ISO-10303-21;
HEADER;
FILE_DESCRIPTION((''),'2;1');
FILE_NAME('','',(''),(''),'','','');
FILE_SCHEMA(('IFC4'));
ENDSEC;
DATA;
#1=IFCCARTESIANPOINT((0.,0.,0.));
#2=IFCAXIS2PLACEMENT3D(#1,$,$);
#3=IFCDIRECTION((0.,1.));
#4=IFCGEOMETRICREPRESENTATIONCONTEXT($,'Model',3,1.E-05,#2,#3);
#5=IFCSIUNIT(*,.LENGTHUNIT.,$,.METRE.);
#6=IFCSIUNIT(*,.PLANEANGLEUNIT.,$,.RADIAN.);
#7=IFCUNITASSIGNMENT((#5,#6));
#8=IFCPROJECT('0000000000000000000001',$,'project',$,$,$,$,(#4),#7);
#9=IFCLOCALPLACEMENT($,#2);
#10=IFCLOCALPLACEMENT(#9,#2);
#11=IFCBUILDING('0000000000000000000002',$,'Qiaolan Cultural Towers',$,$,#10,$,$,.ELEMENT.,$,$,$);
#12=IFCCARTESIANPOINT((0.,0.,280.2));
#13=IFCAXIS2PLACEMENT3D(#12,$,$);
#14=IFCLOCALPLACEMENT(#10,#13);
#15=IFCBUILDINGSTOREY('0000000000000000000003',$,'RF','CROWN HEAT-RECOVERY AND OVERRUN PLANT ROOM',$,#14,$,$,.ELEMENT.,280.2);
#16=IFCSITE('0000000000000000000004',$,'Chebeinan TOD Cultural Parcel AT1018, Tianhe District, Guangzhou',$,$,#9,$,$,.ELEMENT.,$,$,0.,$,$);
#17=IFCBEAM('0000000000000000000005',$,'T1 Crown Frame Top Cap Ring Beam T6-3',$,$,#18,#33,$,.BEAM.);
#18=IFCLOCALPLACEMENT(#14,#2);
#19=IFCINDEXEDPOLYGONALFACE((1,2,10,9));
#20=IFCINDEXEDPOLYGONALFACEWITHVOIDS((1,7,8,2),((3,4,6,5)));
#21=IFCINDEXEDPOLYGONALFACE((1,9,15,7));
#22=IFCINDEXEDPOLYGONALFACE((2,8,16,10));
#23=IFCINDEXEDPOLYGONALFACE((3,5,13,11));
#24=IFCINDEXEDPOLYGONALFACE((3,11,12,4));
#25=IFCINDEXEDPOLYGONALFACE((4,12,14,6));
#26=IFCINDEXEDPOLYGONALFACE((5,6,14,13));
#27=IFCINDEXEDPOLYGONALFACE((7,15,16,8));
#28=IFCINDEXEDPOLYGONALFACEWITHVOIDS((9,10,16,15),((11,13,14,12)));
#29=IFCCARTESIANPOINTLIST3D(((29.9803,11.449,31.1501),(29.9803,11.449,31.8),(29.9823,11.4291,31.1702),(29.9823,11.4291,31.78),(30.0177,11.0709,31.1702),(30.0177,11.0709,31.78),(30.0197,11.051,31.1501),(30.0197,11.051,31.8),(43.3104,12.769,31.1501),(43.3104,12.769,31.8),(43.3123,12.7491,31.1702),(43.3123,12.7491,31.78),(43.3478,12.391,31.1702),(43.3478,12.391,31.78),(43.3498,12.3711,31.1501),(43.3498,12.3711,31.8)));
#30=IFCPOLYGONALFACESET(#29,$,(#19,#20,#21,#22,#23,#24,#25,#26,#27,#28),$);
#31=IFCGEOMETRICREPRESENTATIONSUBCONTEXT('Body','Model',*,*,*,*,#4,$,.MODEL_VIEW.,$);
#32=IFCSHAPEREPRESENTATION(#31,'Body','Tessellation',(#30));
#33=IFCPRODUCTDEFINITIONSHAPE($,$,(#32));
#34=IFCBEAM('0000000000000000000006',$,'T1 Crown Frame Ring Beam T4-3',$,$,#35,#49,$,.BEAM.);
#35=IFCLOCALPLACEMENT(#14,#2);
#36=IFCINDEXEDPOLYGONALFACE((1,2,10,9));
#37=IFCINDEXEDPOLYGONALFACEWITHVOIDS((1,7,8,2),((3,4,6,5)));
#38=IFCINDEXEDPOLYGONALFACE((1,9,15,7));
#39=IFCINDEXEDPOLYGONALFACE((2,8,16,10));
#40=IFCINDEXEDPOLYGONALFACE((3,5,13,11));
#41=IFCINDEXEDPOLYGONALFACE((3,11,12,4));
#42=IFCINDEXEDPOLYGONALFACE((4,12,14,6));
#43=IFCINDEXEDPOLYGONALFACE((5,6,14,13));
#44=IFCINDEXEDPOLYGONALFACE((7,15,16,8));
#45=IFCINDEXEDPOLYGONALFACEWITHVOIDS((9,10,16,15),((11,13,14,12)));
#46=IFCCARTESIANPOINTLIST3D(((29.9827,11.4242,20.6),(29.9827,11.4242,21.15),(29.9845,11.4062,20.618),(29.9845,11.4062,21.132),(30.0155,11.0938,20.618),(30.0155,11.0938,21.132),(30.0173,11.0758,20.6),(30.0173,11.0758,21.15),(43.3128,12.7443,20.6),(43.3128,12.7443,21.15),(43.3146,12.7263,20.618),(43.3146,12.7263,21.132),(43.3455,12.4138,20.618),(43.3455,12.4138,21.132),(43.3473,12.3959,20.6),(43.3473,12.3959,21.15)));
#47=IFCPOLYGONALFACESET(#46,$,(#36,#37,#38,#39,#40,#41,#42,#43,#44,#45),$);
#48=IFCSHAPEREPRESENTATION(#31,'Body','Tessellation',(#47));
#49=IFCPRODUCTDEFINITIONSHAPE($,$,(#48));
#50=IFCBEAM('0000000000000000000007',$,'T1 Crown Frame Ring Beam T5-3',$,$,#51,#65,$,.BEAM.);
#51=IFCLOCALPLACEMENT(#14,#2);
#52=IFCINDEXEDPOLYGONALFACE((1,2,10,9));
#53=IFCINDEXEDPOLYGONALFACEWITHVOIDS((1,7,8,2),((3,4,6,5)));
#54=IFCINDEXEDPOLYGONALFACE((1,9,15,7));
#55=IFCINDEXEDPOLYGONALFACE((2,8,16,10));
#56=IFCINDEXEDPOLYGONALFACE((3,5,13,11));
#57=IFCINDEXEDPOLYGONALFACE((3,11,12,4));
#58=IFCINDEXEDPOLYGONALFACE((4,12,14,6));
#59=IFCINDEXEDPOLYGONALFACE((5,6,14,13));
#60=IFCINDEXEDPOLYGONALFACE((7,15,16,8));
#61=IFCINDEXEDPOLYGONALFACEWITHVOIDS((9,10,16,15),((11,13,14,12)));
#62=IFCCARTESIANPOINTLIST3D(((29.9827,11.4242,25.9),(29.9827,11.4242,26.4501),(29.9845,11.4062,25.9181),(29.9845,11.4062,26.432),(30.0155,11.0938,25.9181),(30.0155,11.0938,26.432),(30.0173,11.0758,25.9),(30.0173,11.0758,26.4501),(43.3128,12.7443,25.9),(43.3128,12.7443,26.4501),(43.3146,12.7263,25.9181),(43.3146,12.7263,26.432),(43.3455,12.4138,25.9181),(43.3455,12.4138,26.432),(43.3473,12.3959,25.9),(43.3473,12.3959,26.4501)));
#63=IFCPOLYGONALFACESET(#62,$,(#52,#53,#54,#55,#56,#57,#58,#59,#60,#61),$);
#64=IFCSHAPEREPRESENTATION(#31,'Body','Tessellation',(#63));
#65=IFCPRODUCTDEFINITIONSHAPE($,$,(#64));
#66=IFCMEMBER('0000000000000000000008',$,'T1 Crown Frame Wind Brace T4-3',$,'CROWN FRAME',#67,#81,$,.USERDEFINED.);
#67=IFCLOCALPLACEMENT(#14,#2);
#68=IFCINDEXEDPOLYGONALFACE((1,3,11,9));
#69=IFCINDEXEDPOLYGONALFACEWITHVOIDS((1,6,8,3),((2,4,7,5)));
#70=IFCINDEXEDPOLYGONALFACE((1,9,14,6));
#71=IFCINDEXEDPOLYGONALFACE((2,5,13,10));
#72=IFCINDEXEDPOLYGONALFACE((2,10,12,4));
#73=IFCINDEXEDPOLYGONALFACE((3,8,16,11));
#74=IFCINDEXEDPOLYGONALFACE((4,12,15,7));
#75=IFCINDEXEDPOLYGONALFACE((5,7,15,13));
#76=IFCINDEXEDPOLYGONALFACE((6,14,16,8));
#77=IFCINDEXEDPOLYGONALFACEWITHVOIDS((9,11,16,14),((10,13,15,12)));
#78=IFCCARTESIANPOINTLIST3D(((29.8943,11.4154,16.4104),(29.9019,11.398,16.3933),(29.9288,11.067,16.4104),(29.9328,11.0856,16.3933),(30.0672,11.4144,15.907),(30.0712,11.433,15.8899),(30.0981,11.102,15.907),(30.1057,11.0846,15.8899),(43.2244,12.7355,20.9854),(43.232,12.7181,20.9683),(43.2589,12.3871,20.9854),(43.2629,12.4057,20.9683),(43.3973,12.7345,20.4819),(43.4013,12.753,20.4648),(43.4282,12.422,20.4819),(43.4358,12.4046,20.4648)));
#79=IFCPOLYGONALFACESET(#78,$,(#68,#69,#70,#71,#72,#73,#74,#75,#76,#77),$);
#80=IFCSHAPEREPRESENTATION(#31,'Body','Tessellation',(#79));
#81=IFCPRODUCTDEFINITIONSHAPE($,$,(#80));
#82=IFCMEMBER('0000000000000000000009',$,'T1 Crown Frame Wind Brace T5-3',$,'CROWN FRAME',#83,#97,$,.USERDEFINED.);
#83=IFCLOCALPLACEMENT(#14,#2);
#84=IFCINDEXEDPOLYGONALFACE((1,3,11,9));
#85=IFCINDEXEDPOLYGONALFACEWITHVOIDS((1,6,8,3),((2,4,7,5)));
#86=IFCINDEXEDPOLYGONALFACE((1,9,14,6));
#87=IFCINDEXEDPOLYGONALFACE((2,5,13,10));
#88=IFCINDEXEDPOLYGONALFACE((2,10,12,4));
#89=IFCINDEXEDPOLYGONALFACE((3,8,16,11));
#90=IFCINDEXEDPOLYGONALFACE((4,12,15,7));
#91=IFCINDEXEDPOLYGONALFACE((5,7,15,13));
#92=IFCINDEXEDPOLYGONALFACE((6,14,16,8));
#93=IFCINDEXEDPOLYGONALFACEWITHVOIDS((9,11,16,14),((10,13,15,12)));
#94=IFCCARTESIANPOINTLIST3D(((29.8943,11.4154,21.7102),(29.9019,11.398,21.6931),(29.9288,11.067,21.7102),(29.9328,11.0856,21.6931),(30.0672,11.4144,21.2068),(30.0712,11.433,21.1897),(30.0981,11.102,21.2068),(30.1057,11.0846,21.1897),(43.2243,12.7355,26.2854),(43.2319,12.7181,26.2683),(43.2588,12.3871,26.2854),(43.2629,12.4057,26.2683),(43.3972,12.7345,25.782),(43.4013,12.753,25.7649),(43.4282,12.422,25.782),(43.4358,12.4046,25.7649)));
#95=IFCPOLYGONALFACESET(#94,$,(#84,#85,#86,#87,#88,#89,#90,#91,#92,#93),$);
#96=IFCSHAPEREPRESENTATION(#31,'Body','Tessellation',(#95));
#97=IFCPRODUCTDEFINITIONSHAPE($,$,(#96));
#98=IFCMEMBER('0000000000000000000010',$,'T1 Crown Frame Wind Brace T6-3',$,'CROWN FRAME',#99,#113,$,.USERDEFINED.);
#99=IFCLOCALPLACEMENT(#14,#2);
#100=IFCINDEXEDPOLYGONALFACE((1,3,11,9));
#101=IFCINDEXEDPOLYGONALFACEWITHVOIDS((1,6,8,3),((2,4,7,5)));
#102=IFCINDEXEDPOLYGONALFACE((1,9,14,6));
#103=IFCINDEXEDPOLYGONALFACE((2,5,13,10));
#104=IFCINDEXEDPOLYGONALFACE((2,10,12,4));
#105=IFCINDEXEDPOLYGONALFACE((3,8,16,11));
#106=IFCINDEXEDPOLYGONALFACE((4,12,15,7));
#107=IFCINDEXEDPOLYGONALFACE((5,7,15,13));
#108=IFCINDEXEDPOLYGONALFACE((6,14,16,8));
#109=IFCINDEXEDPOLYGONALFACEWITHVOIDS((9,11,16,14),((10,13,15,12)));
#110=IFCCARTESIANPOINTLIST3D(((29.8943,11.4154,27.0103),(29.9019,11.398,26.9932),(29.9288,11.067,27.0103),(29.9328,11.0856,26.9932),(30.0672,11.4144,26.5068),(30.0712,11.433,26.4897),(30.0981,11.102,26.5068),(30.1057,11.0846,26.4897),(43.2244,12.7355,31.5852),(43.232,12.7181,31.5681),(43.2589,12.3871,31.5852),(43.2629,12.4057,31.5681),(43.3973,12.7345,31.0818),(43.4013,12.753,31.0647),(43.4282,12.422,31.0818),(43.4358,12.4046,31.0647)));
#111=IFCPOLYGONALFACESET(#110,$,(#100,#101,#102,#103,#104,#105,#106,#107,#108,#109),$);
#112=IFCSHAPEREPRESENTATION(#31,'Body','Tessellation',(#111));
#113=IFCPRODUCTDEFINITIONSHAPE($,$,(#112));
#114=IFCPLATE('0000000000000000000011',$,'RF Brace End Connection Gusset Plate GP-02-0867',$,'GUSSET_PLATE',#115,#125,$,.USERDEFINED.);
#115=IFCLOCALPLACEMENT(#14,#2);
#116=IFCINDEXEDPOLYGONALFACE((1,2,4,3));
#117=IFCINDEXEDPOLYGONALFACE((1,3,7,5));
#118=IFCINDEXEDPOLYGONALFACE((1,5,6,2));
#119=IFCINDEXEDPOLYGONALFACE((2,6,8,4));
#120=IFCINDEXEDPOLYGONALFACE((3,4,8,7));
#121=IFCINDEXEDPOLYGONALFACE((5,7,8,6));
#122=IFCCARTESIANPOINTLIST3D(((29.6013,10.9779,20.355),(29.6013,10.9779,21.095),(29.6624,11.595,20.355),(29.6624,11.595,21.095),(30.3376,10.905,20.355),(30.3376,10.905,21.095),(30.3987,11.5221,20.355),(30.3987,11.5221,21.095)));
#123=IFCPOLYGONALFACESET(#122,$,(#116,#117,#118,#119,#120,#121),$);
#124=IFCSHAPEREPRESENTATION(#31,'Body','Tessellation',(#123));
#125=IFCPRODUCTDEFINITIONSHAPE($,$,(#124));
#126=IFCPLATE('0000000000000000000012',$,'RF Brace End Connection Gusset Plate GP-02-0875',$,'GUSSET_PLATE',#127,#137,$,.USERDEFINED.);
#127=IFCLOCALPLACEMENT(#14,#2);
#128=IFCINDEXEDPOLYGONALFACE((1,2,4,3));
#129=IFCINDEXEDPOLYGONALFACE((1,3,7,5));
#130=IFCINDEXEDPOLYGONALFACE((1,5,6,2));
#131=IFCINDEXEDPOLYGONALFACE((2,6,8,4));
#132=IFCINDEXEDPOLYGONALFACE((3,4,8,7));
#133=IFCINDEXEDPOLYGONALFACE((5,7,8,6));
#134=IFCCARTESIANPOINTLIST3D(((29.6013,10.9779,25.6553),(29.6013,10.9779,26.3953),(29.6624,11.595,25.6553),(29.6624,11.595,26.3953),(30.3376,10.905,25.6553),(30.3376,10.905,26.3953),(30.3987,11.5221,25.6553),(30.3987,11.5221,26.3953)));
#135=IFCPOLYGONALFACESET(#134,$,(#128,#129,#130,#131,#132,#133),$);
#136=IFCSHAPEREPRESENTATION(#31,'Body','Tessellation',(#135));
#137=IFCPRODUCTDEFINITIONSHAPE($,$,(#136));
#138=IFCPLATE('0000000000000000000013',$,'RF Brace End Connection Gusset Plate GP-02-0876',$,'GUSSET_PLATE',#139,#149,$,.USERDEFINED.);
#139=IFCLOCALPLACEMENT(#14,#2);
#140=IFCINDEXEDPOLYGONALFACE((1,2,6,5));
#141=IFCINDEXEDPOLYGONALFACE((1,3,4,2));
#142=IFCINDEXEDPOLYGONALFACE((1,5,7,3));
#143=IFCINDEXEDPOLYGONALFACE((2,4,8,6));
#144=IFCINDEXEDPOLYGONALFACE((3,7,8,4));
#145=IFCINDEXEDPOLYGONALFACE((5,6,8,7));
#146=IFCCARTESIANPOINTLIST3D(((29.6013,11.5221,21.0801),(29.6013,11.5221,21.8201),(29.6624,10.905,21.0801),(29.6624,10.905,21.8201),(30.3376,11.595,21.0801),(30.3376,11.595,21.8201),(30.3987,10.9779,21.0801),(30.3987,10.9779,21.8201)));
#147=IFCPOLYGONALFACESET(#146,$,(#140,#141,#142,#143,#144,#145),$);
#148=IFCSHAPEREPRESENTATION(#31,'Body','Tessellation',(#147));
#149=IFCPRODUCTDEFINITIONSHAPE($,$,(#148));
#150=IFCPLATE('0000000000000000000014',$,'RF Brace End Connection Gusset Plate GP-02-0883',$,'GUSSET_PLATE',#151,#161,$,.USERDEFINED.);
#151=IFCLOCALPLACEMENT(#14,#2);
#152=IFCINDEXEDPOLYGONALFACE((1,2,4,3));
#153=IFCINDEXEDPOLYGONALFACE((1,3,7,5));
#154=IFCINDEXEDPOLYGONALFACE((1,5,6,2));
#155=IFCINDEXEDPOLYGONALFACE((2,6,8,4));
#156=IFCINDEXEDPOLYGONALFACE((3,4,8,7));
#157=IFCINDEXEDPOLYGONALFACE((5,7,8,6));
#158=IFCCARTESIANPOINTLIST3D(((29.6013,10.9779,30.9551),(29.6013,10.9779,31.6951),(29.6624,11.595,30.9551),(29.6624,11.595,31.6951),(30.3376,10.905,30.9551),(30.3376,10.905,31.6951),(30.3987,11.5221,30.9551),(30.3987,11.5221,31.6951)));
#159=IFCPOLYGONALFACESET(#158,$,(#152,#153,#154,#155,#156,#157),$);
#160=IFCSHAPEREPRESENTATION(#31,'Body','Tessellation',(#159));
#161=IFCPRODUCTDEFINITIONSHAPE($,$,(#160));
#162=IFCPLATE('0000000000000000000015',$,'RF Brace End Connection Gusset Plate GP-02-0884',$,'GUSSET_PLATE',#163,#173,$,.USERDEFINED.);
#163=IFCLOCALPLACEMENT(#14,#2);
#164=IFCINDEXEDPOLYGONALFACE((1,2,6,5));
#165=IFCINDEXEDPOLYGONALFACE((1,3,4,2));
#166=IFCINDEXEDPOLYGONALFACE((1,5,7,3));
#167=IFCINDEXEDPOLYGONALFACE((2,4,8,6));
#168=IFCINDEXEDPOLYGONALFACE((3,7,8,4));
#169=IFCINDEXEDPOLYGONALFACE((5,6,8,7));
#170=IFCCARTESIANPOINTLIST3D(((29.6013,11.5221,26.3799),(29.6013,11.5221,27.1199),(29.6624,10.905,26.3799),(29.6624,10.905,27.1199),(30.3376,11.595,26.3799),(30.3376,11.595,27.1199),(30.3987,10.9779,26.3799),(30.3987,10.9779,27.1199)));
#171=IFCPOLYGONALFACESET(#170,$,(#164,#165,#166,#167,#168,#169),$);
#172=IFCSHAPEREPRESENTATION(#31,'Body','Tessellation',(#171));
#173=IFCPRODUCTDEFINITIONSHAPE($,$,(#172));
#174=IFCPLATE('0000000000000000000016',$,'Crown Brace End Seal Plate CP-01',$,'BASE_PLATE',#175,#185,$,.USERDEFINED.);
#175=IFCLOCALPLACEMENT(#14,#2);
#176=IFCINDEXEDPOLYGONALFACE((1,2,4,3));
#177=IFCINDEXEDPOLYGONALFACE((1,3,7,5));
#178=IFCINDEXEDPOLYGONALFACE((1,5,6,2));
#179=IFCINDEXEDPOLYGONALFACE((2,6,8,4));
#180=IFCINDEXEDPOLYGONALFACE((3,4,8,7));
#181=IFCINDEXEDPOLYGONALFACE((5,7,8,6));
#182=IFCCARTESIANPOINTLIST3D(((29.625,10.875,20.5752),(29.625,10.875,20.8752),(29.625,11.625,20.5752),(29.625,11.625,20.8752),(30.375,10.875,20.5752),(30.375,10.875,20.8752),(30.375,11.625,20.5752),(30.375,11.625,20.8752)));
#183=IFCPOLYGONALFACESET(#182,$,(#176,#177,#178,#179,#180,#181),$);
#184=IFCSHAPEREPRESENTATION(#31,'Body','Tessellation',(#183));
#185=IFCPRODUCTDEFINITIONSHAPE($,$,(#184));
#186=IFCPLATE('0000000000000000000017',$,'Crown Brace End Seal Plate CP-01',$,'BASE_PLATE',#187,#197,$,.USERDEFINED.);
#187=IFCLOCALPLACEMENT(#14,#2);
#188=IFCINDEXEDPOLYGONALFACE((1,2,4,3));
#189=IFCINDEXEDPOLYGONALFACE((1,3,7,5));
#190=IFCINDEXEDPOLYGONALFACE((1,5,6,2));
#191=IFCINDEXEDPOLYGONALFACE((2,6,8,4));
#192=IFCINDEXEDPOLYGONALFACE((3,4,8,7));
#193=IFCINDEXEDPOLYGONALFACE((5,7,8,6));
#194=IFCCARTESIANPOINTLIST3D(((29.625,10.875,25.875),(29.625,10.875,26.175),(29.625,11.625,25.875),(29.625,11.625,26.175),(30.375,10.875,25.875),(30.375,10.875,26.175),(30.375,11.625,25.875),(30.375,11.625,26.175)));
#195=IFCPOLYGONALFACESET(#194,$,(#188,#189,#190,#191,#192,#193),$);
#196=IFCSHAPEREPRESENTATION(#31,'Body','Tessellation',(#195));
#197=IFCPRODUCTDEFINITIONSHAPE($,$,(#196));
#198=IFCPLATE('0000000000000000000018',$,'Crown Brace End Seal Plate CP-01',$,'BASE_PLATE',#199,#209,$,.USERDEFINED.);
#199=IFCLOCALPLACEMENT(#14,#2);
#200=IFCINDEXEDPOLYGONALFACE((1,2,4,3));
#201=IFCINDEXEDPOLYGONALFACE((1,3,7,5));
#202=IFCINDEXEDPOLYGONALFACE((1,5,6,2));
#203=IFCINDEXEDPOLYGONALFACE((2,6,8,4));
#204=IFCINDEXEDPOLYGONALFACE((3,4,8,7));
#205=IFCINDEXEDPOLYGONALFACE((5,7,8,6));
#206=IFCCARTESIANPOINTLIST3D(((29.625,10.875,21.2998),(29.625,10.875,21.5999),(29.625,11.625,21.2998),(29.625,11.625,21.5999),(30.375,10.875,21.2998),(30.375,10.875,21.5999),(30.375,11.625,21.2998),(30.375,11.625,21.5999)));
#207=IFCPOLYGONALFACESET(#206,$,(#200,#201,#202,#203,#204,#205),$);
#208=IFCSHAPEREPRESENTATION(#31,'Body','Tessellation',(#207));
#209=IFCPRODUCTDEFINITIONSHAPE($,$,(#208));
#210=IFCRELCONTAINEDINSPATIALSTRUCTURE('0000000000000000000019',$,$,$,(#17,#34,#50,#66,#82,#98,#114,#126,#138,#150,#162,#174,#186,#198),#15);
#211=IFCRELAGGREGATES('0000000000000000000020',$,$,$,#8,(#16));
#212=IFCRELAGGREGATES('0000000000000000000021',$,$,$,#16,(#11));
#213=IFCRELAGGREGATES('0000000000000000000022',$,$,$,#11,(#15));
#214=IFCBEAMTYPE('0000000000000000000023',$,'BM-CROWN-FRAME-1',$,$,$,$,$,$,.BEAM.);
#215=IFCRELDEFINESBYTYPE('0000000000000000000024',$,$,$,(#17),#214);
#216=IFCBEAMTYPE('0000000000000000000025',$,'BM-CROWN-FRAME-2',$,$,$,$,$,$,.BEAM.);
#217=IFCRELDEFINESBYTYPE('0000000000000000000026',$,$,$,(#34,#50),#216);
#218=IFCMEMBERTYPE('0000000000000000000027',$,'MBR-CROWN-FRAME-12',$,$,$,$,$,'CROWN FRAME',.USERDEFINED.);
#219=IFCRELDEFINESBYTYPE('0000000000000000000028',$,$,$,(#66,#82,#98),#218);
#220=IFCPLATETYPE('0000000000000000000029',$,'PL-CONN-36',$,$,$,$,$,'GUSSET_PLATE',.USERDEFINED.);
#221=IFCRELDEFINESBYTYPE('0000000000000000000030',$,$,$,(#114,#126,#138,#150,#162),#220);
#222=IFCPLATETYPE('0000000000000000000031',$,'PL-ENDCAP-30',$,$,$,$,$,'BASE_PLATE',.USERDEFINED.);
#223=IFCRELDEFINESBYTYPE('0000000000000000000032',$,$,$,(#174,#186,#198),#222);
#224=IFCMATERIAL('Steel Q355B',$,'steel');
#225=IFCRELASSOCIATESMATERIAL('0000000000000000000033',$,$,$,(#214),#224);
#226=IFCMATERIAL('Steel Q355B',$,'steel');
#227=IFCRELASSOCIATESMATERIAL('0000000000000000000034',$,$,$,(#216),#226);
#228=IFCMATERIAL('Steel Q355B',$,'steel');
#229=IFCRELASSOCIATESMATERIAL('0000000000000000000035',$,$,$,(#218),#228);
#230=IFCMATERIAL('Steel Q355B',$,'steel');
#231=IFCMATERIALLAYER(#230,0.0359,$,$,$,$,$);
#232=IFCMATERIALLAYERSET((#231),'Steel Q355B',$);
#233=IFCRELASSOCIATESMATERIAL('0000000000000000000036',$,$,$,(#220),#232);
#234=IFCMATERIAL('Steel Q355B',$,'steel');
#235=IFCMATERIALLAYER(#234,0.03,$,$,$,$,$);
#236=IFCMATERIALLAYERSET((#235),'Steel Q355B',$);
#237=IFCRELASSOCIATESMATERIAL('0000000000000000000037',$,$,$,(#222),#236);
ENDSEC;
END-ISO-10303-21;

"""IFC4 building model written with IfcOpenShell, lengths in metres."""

from ifc_helpers import new_model, si_unit, direction, frame, origin, origin_2d, place, context, subcontext, project, spatial, rectangle, hollow_rectangle, extrude, material, layer, layer_set, material_profile, profile_set, type_object, element, save


model = new_model("IFC4")

# Units and contexts
model_context = context("Model", 3, precision=1e-05, world=origin(), true_north=direction((0.0, 1.0)))
body_context = subcontext(model_context, "Body", "Model", "MODEL_VIEW")
ifc_project = project(units=[si_unit("LENGTHUNIT", "METRE"), si_unit("PLANEANGLEUNIT", "RADIAN")], contexts=[model_context])

# Site, building, storey
site_placement = place(None, origin())
site = spatial("IfcSite", under=ifc_project, at=site_placement, Name="Chebeinan TOD Cultural Parcel AT1018, Tianhe District, Guangzhou", CompositionType="ELEMENT", RefElevation=0.0)
building_placement = place(site_placement, origin())
building = spatial("IfcBuilding", under=site, at=building_placement, Name="Qiaolan Cultural Towers", CompositionType="ELEMENT")
storey_placement = place(building_placement, frame((0.0, 0.0, 280.2)))
storey = spatial("IfcBuildingStorey", under=building, at=storey_placement, Name="RF", Description="CROWN HEAT-RECOVERY AND OVERRUN PLANT ROOM", CompositionType="ELEMENT", Elevation=280.2)

# Beams
ifc_material_1 = material(Name="Steel Q355B", Category="steel")
ifc_material_profile_1 = material_profile(ifc_material_1, hollow_rectangle(XDim=0.3999, YDim=0.6499, WallThickness=0.02, at=origin_2d()), Name="BOX650x400x20")
ifc_profile_set_1 = profile_set([ifc_material_profile_1], Name="Steel Q355B")
beam_type_1 = type_object("IfcBeamType", Name="BM-CROWN-FRAME-1", PredefinedType="BEAM", material=ifc_profile_set_1)
beam_placement = place(storey_placement, frame((30.0, 11.25, 31.4751), z_axis=(0.995132, 0.098547, 0.0), x_axis=(-0.098547, 0.995132, 0.0)))
element("IfcBeam", 1, at=beam_placement, inside=storey, type_object=beam_type_1, Name="T1 Crown Frame Top Cap Ring Beam T6-3", PredefinedType="BEAM", context=body_context, shape_type="SweptSolid", body=[
    extrude(hollow_rectangle(XDim=0.3999, YDim=0.6499, WallThickness=0.02, at=origin_2d()), origin(), (0.0, 0.0, 1.0), 13.3953),
])
ifc_material_2 = material(Name="Steel Q355B", Category="steel")
ifc_material_profile_2 = material_profile(ifc_material_2, hollow_rectangle(XDim=0.3501, YDim=0.55, WallThickness=0.0181, at=origin_2d()), Name="BOX550x350x18")
ifc_profile_set_2 = profile_set([ifc_material_profile_2], Name="Steel Q355B")
beam_type_2 = type_object("IfcBeamType", Name="BM-CROWN-FRAME-2", PredefinedType="BEAM", material=ifc_profile_set_2)
for number, where, z_axis, x_axis, name in (
    (2, (30.0, 11.25, 20.875), (0.995132, 0.098547, 0.0), (-0.098547, 0.995132, 0.0), "T1 Crown Frame Ring Beam T4-3"),
    (3, (30.0, 11.25, 26.175), (0.995132, 0.098547, 0.0), (-0.098547, 0.995132, 0.0), "T1 Crown Frame Ring Beam T5-3"),
):
    element("IfcBeam", number, at=place(storey_placement, frame(where, z_axis=z_axis, x_axis=x_axis)), inside=storey, type_object=beam_type_2, Name=name, PredefinedType="BEAM", context=body_context, shape_type="SweptSolid", body=[
        extrude(hollow_rectangle(XDim=0.3501, YDim=0.55, WallThickness=0.0181, at=origin_2d()), origin(), (0.0, 0.0, 1.0), 13.3953),
    ])

# Members
ifc_material_3 = material(Name="Steel Q355B", Category="steel")
ifc_material_profile_3 = material_profile(ifc_material_3, hollow_rectangle(XDim=0.3501, YDim=0.55, WallThickness=0.0181, at=origin_2d()), Name="BOX550x350x18")
ifc_profile_set_3 = profile_set([ifc_material_profile_3], Name="Steel Q355B")
member_type = type_object("IfcMemberType", Name="MBR-CROWN-FRAME-12", ElementType="CROWN FRAME", PredefinedType="USERDEFINED", material=ifc_profile_set_3)
for number, where, z_axis, x_axis, name in (
    (4, (30.0, 11.25, 16.1501), (0.941723, 0.093258, 0.323204), (-0.098547, 0.995132, 0.0), "T1 Crown Frame Wind Brace T4-3"),
    (5, (30.0, 11.25, 21.45), (0.941718, 0.093258, 0.32322), (-0.098547, 0.995132, 0.0), "T1 Crown Frame Wind Brace T5-3"),
    (6, (30.0, 11.25, 26.75), (0.941723, 0.093258, 0.323204), (-0.098547, 0.995132, 0.0), "T1 Crown Frame Wind Brace T6-3"),
):
    element("IfcMember", number, at=place(storey_placement, frame(where, z_axis=z_axis, x_axis=x_axis)), inside=storey, type_object=member_type, Name=name, ObjectType="CROWN FRAME", PredefinedType="USERDEFINED", context=body_context, shape_type="SweptSolid", body=[
        extrude(hollow_rectangle(XDim=0.3501, YDim=0.55, WallThickness=0.0181, at=origin_2d()), origin(), (0.0, 0.0, 1.0), 14.155),
    ])

# Plates
ifc_material_4 = material(Name="Steel Q355B", Category="steel")
ifc_layer_1 = layer(ifc_material_4, 0.0359)
ifc_layer_set_1 = layer_set([ifc_layer_1], Name="Steel Q355B")
plate_type_1 = type_object("IfcPlateType", Name="PL-CONN-36", ElementType="GUSSET_PLATE", PredefinedType="USERDEFINED", material=ifc_layer_set_1)
for number, where, z_axis, x_axis, name in (
    (7, (30.0, 11.25, 20.355), (0.0, 0.0, 1.0), (-0.995133, 0.098543, 0.0), "RF Brace End Connection Gusset Plate GP-02-0867"),
    (8, (30.0, 11.25, 25.6553), (0.0, 0.0, 1.0), (-0.995133, 0.098543, 0.0), "RF Brace End Connection Gusset Plate GP-02-0875"),
    (9, (30.0, 11.25, 21.0801), (0.0, 0.0, 1.0), (0.995133, 0.098543, 0.0), "RF Brace End Connection Gusset Plate GP-02-0876"),
    (10, (30.0, 11.25, 30.9551), (0.0, 0.0, 1.0), (-0.995133, 0.098543, 0.0), "RF Brace End Connection Gusset Plate GP-02-0883"),
    (11, (30.0, 11.25, 26.3799), (0.0, 0.0, 1.0), (0.995133, 0.098543, 0.0), "RF Brace End Connection Gusset Plate GP-02-0884"),
):
    element("IfcPlate", number, at=place(storey_placement, frame(where, z_axis=z_axis, x_axis=x_axis)), inside=storey, type_object=plate_type_1, Name=name, ObjectType="GUSSET_PLATE", PredefinedType="USERDEFINED", context=body_context, shape_type="SweptSolid", body=[
        extrude(rectangle(XDim=0.74, YDim=0.6201, at=origin_2d()), origin(), (0.0, 0.0, 1.0), 0.74),
    ])
ifc_material_5 = material(Name="Steel Q355B", Category="steel")
ifc_layer_2 = layer(ifc_material_5, 0.03)
ifc_layer_set_2 = layer_set([ifc_layer_2], Name="Steel Q355B")
plate_type_2 = type_object("IfcPlateType", Name="PL-ENDCAP-30", ElementType="BASE_PLATE", PredefinedType="USERDEFINED", material=ifc_layer_set_2)
for number, where, z_axis, x_axis, name in (
    (12, (30.0, 11.25, 20.5752), (0.0, 0.0, 1.0), (1.0, 0.0, 0.0), "Crown Brace End Seal Plate CP-01"),
    (13, (30.0, 11.25, 25.875), (0.0, 0.0, 1.0), (1.0, 0.0, 0.0), "Crown Brace End Seal Plate CP-01"),
    (14, (30.0, 11.25, 21.2998), (0.0, 0.0, 1.0), (1.0, 0.0, 0.0), "Crown Brace End Seal Plate CP-01"),
):
    element("IfcPlate", number, at=place(storey_placement, frame(where, z_axis=z_axis, x_axis=x_axis)), inside=storey, type_object=plate_type_2, Name=name, ObjectType="BASE_PLATE", PredefinedType="USERDEFINED", context=body_context, shape_type="SweptSolid", body=[
        extrude(rectangle(XDim=0.75, YDim=0.75, at=origin_2d()), origin(), (0.0, 0.0, 1.0), 0.3),
    ])

save(model, "model.ifc")
